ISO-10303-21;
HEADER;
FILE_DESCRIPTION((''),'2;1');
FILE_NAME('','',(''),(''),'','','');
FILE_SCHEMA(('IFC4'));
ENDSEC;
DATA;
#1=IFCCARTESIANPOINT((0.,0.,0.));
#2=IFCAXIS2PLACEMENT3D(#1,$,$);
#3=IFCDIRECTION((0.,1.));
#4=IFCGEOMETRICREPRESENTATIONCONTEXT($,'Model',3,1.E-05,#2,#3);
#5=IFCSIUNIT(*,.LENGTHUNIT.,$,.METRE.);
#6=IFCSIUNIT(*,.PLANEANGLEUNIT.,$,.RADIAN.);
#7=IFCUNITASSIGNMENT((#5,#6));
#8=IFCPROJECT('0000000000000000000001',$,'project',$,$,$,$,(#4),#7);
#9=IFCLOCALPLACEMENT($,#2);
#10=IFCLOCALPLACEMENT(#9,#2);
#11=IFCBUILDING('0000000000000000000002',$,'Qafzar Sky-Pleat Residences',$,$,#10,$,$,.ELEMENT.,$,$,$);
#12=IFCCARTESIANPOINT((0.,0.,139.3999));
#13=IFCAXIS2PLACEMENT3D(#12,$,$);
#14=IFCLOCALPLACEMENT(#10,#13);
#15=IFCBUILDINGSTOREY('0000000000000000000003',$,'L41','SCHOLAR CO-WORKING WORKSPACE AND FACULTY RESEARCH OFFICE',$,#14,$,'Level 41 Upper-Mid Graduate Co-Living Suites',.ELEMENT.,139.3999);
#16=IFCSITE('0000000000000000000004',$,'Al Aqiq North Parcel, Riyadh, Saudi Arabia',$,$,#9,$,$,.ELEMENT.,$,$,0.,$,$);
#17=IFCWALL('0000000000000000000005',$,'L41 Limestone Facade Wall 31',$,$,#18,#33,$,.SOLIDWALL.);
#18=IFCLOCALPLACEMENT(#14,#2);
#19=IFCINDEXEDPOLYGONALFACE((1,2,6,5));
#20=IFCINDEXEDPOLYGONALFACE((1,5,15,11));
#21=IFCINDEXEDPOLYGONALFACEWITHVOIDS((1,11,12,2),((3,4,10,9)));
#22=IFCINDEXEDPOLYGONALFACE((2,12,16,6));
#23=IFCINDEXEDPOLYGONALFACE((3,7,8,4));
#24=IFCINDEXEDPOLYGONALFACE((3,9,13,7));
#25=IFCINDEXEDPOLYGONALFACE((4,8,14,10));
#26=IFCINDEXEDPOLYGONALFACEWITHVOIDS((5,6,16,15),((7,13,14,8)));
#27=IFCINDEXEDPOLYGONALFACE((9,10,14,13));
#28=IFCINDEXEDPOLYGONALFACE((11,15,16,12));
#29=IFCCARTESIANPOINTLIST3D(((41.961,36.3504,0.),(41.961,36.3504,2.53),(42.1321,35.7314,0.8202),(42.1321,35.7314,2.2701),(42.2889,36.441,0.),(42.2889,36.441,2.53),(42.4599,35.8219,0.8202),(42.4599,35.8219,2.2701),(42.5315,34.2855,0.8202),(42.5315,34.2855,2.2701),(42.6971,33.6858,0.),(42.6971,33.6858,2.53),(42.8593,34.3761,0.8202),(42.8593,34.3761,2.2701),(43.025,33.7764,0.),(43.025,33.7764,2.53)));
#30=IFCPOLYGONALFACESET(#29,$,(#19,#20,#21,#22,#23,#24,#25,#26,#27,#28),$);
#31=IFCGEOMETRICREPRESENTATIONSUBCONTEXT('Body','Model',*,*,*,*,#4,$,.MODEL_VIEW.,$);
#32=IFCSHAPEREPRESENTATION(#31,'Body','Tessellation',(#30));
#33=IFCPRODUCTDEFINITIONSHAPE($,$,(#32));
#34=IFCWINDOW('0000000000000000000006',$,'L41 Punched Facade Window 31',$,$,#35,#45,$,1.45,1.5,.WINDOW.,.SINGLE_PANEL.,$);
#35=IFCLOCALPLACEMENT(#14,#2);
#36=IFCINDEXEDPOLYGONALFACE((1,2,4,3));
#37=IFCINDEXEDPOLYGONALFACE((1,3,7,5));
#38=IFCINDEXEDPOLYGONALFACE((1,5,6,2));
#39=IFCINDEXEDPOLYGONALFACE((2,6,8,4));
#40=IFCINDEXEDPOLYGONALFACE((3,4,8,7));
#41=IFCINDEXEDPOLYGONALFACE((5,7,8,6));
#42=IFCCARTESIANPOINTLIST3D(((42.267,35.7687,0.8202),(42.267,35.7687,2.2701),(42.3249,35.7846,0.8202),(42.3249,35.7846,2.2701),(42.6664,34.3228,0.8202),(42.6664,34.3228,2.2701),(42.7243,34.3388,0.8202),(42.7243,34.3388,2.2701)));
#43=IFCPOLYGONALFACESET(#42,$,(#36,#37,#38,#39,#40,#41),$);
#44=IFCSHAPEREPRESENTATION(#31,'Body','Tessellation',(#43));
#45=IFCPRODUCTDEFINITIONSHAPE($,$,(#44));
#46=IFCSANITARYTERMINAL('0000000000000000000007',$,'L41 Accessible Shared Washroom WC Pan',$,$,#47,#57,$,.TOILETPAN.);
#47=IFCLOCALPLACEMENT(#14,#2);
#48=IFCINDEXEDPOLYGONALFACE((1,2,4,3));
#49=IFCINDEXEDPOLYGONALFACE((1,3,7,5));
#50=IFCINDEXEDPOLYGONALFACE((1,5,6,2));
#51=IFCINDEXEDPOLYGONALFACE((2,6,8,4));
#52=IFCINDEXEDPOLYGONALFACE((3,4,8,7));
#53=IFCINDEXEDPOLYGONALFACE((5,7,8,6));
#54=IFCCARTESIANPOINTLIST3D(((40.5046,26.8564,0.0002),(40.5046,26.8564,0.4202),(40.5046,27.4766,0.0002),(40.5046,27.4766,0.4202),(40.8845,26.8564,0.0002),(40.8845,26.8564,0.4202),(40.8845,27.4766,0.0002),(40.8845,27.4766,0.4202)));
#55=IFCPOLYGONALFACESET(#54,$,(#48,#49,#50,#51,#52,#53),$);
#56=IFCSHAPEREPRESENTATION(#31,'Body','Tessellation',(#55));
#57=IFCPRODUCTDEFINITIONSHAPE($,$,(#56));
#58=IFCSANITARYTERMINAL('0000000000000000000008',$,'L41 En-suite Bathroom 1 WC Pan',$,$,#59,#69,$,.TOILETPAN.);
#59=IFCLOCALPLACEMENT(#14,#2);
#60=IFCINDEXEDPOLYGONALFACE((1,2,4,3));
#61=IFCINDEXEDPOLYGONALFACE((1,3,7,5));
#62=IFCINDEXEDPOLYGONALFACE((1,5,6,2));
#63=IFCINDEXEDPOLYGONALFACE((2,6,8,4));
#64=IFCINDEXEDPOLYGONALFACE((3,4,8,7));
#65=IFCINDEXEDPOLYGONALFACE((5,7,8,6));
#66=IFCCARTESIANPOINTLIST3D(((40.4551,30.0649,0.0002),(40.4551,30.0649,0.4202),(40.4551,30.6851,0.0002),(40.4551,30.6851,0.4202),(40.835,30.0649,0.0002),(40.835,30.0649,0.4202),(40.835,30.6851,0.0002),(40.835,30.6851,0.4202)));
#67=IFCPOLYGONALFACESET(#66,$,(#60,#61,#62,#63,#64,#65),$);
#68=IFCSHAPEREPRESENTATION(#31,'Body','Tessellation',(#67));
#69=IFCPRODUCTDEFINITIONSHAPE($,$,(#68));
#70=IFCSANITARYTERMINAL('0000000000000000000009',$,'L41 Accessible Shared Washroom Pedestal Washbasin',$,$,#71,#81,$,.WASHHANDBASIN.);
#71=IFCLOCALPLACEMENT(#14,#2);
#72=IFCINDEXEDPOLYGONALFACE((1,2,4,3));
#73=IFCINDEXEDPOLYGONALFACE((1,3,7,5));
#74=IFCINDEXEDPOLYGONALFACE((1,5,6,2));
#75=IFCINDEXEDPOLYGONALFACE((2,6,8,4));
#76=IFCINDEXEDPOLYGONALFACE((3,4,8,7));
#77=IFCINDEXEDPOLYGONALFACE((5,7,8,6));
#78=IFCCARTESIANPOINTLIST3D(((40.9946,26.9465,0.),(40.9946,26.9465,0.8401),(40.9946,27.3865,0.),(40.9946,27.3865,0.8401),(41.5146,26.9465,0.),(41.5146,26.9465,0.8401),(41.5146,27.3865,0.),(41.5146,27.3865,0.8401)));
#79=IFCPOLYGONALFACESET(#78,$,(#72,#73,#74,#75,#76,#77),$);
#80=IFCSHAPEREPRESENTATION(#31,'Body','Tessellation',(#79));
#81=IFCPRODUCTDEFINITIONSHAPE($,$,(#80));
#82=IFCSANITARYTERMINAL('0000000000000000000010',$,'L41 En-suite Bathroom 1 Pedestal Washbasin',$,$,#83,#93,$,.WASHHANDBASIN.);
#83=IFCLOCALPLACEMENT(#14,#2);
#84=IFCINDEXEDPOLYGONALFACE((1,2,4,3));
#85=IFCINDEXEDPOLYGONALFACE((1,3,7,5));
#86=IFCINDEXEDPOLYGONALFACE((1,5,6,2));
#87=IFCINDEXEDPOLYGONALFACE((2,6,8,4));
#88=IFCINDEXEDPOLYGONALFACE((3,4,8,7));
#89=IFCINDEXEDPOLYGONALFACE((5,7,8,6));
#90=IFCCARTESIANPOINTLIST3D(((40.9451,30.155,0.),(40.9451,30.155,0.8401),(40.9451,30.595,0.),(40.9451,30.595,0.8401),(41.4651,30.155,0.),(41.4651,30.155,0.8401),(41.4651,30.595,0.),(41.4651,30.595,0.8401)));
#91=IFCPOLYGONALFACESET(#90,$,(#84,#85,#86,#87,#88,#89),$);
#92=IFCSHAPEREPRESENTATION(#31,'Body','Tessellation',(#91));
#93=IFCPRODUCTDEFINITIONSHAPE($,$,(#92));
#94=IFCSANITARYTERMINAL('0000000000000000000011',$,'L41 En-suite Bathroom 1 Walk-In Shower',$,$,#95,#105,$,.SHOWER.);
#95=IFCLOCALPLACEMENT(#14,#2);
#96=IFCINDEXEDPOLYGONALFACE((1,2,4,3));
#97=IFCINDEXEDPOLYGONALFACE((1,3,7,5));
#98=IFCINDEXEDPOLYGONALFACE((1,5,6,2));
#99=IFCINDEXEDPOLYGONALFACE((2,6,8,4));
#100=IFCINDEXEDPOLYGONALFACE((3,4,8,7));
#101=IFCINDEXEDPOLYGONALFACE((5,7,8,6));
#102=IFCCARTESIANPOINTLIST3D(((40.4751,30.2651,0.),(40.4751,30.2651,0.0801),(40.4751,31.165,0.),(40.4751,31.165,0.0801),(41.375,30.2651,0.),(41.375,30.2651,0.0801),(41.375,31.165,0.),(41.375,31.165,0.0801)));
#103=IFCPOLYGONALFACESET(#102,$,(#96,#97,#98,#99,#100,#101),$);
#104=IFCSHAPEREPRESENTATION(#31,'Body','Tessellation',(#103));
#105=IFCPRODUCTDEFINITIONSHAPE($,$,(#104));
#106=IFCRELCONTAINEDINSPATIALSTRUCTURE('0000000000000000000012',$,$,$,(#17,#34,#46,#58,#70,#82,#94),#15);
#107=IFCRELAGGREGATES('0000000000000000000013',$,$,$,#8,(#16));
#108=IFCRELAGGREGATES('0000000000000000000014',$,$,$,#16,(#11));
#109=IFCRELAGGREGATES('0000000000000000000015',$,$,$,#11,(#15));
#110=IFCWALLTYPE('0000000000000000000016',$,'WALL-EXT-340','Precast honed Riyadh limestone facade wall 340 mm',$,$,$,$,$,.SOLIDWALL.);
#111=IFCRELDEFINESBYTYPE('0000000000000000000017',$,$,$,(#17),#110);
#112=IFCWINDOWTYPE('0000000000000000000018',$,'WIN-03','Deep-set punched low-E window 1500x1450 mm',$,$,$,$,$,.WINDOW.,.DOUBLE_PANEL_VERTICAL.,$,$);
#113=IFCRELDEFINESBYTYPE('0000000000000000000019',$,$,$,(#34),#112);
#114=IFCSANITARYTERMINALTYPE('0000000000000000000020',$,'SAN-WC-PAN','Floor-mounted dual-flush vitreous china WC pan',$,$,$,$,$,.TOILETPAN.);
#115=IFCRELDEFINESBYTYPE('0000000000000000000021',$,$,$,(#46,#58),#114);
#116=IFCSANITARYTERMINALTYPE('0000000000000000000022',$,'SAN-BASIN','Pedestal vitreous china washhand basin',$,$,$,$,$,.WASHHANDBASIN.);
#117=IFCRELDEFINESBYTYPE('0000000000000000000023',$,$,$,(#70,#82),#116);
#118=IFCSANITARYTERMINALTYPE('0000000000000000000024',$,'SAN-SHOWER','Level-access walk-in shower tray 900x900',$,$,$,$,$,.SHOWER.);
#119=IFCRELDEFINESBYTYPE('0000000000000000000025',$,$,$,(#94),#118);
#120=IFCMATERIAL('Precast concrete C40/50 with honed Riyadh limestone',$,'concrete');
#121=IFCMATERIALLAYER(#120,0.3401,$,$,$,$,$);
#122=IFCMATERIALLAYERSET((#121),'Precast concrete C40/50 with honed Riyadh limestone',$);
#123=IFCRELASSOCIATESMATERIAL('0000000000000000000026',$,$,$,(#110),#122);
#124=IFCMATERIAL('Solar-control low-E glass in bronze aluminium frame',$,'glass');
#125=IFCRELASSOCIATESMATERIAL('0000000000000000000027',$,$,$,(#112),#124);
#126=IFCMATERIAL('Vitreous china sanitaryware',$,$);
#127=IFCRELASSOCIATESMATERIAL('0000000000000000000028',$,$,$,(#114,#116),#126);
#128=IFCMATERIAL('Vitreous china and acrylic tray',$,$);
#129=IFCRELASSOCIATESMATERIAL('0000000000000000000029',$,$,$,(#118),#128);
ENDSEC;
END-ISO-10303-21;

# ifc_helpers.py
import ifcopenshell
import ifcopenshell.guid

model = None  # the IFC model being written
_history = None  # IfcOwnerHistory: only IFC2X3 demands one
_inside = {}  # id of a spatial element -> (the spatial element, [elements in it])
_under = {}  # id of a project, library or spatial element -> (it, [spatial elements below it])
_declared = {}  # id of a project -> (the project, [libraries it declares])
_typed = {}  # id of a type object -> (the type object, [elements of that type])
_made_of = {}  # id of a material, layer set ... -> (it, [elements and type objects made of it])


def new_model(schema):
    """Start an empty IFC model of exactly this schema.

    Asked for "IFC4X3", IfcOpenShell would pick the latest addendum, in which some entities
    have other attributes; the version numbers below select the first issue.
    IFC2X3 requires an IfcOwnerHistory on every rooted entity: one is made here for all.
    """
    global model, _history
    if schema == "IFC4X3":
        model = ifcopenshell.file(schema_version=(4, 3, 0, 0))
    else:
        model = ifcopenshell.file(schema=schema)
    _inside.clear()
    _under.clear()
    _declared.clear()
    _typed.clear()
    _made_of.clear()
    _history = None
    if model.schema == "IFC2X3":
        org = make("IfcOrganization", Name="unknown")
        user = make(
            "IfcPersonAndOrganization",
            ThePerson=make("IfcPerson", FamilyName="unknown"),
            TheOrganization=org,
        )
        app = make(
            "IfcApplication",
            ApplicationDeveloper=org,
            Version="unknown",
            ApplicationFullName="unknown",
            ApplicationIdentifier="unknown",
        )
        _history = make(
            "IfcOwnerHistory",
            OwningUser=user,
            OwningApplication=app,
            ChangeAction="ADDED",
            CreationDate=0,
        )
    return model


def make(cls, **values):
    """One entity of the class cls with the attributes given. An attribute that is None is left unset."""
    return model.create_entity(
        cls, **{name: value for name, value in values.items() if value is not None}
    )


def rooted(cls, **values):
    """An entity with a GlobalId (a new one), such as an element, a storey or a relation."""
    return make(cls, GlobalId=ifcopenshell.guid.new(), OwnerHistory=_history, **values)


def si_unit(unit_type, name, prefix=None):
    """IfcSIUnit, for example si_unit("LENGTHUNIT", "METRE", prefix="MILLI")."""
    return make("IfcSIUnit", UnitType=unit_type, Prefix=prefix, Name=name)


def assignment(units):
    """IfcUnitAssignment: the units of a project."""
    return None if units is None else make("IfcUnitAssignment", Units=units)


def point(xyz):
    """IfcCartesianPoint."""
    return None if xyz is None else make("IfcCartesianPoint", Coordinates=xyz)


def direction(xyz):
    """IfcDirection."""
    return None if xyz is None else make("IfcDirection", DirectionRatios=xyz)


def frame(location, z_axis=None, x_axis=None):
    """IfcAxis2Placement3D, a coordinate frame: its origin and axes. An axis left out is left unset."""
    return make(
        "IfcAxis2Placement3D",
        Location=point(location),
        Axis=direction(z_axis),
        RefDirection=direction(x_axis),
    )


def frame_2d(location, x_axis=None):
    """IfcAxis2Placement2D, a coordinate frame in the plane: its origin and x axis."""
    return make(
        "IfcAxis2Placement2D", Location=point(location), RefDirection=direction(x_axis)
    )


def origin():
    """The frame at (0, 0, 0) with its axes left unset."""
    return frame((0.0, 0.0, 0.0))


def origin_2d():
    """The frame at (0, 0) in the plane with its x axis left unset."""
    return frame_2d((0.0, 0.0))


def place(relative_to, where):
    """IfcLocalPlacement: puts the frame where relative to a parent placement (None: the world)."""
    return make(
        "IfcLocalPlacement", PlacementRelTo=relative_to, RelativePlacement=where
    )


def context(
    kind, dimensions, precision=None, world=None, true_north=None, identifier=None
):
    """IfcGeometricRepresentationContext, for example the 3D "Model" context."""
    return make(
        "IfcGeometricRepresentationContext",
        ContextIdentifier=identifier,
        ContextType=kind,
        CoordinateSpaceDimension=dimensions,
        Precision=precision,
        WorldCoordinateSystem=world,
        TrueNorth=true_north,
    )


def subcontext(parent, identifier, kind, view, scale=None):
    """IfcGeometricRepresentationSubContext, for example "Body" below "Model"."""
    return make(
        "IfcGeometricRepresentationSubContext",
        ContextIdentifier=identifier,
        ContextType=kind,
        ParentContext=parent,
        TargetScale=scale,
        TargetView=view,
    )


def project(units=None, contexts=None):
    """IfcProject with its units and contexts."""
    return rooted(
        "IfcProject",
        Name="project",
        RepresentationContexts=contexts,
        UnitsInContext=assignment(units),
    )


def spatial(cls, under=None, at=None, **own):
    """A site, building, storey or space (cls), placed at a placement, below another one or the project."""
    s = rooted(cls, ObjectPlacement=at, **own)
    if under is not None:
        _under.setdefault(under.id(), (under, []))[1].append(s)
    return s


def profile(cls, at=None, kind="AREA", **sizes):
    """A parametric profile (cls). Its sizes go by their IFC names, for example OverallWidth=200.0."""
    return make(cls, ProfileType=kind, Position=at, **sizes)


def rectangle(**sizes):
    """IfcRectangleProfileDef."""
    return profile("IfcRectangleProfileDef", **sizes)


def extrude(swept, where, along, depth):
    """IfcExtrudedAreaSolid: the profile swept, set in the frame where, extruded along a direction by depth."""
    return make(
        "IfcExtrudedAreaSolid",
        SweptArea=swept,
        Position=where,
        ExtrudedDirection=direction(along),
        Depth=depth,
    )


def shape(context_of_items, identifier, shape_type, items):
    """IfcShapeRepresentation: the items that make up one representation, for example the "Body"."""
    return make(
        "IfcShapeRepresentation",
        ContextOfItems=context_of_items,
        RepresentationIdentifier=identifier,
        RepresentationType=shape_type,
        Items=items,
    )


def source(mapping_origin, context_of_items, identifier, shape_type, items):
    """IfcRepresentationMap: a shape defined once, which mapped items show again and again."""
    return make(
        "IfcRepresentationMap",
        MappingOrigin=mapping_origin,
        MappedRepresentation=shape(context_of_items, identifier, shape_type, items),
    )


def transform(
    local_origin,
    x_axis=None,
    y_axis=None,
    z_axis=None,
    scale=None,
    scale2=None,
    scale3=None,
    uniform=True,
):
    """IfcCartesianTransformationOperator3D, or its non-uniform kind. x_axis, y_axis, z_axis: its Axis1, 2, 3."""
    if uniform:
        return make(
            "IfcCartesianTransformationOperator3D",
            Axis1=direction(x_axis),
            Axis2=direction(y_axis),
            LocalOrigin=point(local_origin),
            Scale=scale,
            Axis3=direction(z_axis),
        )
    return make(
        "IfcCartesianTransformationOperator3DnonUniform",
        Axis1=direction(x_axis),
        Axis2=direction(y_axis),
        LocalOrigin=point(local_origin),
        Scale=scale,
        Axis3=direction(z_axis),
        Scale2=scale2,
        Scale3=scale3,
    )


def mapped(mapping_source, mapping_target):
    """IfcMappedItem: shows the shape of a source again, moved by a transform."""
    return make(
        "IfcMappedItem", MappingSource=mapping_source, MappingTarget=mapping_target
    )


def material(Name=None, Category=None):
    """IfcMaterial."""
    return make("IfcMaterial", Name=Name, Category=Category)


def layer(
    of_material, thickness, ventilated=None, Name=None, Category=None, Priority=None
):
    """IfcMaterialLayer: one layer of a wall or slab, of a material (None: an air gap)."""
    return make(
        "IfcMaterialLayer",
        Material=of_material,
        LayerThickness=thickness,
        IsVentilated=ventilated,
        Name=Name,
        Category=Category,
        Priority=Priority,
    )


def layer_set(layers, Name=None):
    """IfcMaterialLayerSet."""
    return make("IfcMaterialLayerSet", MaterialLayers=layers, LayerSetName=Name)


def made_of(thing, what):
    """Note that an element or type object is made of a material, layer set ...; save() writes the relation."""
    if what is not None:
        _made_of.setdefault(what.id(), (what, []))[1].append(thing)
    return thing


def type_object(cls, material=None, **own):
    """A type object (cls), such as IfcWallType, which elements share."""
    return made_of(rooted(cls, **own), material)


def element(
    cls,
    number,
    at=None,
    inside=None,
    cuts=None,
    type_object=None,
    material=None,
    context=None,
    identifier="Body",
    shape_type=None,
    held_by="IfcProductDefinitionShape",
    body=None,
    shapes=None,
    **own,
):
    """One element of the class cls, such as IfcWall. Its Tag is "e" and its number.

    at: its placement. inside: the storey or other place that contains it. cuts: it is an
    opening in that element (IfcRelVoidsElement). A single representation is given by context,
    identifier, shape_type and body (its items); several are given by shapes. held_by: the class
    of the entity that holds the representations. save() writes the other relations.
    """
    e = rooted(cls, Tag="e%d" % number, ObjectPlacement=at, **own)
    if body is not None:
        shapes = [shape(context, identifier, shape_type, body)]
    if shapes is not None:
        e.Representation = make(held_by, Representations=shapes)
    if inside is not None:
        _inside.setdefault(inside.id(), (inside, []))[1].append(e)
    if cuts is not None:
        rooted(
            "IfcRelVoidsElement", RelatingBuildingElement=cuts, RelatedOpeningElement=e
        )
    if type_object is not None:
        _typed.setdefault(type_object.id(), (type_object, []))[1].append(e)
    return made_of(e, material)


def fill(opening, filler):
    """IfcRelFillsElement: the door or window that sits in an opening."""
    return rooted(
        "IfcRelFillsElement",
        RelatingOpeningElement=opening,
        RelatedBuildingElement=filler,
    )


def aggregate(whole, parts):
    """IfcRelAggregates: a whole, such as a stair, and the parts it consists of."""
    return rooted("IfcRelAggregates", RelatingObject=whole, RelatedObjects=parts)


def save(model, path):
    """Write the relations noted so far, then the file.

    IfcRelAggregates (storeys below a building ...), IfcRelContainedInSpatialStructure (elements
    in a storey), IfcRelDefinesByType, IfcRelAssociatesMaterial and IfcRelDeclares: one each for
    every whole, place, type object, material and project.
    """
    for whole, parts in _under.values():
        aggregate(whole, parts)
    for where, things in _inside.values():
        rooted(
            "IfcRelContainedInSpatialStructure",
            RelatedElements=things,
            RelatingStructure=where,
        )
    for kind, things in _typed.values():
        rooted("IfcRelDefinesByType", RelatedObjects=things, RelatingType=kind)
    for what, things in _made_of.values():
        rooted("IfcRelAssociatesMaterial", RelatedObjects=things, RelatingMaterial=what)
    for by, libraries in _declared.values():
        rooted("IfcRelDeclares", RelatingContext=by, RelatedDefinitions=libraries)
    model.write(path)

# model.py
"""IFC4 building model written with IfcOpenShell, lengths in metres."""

from ifc_helpers import new_model, si_unit, direction, frame, frame_2d, origin, origin_2d, place, context, subcontext, project, spatial, rectangle, extrude, source, transform, mapped, material, layer, layer_set, type_object, element, fill, save


model = new_model("IFC4")

# Units and contexts
model_context = context("Model", 3, precision=1e-05, world=origin(), true_north=direction((0.0, 1.0)))
body_context = subcontext(model_context, "Body", "Model", "MODEL_VIEW")
ifc_project = project(units=[si_unit("LENGTHUNIT", "METRE"), si_unit("PLANEANGLEUNIT", "RADIAN")], contexts=[model_context])

# Site, building, storey
site_placement = place(None, origin())
site = spatial("IfcSite", under=ifc_project, at=site_placement, Name="Al Aqiq North Parcel, Riyadh, Saudi Arabia", CompositionType="ELEMENT", RefElevation=0.0)
building_placement = place(site_placement, origin())
building = spatial("IfcBuilding", under=site, at=building_placement, Name="Qafzar Sky-Pleat Residences", CompositionType="ELEMENT")
storey_placement = place(building_placement, frame((0.0, 0.0, 139.3999)))
storey = spatial("IfcBuildingStorey", under=building, at=storey_placement, Name="L41", Description="SCHOLAR CO-WORKING WORKSPACE AND FACULTY RESEARCH OFFICE", LongName="Level 41 Upper-Mid Graduate Co-Living Suites", CompositionType="ELEMENT", Elevation=139.3999)

# Wall, opening, window
ifc_material_1 = material(Name="Precast concrete C40/50 with honed Riyadh limestone", Category="concrete")
ifc_layer_1 = layer(ifc_material_1, 0.3401)
ifc_layer_set_1 = layer_set([ifc_layer_1], Name="Precast concrete C40/50 with honed Riyadh limestone")
wall_type_1 = type_object("IfcWallType", Name="WALL-EXT-340", Description="Precast honed Riyadh limestone facade wall 340 mm", PredefinedType="SOLIDWALL", material=ifc_layer_set_1)
ifc_material_2 = material(Name="Solar-control low-E glass in bronze aluminium frame", Category="glass")
wall_1_placement = place(storey_placement, frame((42.8611, 33.731, 0.0), z_axis=(0.0, 0.0, 1.0), x_axis=(-0.266277, 0.963897, 0.0)))
wall_1 = element("IfcWall", 1, at=wall_1_placement, inside=storey, type_object=wall_type_1, Name="L41 Limestone Facade Wall 31", PredefinedType="SOLIDWALL", context=body_context, shape_type="SweptSolid", body=[
    extrude(rectangle(XDim=2.7644, YDim=0.3401, at=frame_2d((1.3823, 0.0))), origin(), (0.0, 0.0, 1.0), 2.53),
])
opening_1_placement = place(wall_1_placement, frame((0.6223, 0.0, 0.8201)))
opening_1 = element("IfcOpeningElement", 2, at=opening_1_placement, cuts=wall_1, PredefinedType="OPENING", context=body_context, shape_type="SweptSolid", body=[
    extrude(rectangle(XDim=1.5, YDim=1.45, at=frame_2d((0.75, 0.7251))), frame((0.0, 0.1802, 0.0), z_axis=(0.0, -1.0, 0.0), x_axis=(1.0, 0.0, 0.0)), (0.0, 0.0, 1.0), 0.3601),
])
window_type_1 = type_object("IfcWindowType", Name="WIN-03", Description="Deep-set punched low-E window 1500x1450 mm", PartitioningType="DOUBLE_PANEL_VERTICAL", PredefinedType="WINDOW", material=ifc_material_2)
shared_shape_1 = source(origin(), body_context, "Body", "SweptSolid", [
    extrude(rectangle(XDim=1.5, YDim=1.45, at=frame_2d((0.75, 0.7251))), frame((0.0, 0.03, 0.0), z_axis=(0.0, -1.0, 0.0), x_axis=(1.0, 0.0, 0.0)), (0.0, 0.0, 1.0), 0.0601),
])
window_1_placement = place(opening_1_placement, origin())
window_1 = element("IfcWindow", 3, at=window_1_placement, inside=storey, type_object=window_type_1, Name="L41 Punched Facade Window 31", OverallHeight=1.45, OverallWidth=1.5, PartitioningType="SINGLE_PANEL", PredefinedType="WINDOW", context=body_context, shape_type="MappedRepresentation", body=[
    mapped(shared_shape_1, transform((0.0, 0.0, 0.0), x_axis=(1.0, 0.0, 0.0), y_axis=(0.0, 1.0, 0.0), z_axis=(0.0, 0.0, 1.0), scale=1.0)),
])
fill(opening_1, window_1)

# Sanitary terminals
ifc_material_3 = material(Name="Vitreous china sanitaryware")
sanitary_terminal_type_1 = type_object("IfcSanitaryTerminalType", Name="SAN-WC-PAN", Description="Floor-mounted dual-flush vitreous china WC pan", PredefinedType="TOILETPAN", material=ifc_material_3)
shared_shape_2 = source(origin(), body_context, "Body", "SweptSolid", [
    extrude(rectangle(XDim=0.3799, YDim=0.6201, at=origin_2d()), origin(), (0.0, 0.0, 1.0), 0.4199),
])
for number, where, z_axis, x_axis, name in (
    (4, (40.6946, 27.1665, 0.0002), (0.0, 0.0, 1.0), (1.0, 0.0, 0.0), "L41 Accessible Shared Washroom WC Pan"),
    (5, (40.645, 30.375, 0.0002), (0.0, 0.0, 1.0), (1.0, 0.0, 0.0), "L41 En-suite Bathroom 1 WC Pan"),
):
    element("IfcSanitaryTerminal", number, at=place(storey_placement, frame(where, z_axis=z_axis, x_axis=x_axis)), inside=storey, type_object=sanitary_terminal_type_1, Name=name, PredefinedType="TOILETPAN", context=body_context, shape_type="MappedRepresentation", body=[
        mapped(shared_shape_2, transform((0.0, 0.0, 0.0), x_axis=(1.0, 0.0, 0.0), y_axis=(0.0, 1.0, 0.0), z_axis=(0.0, 0.0, 1.0), scale=1.0)),
    ])
sanitary_terminal_type_2 = type_object("IfcSanitaryTerminalType", Name="SAN-BASIN", Description="Pedestal vitreous china washhand basin", PredefinedType="WASHHANDBASIN", material=ifc_material_3)
shared_shape_3 = source(origin(), body_context, "Body", "SweptSolid", [
    extrude(rectangle(XDim=0.52, YDim=0.4399, at=origin_2d()), origin(), (0.0, 0.0, 1.0), 0.8401),
])
for number, where, z_axis, x_axis, name in (
    (6, (41.2546, 27.1665, 0.0), (0.0, 0.0, 1.0), (1.0, 0.0, 0.0), "L41 Accessible Shared Washroom Pedestal Washbasin"),
    (7, (41.2051, 30.375, 0.0), (0.0, 0.0, 1.0), (1.0, 0.0, 0.0), "L41 En-suite Bathroom 1 Pedestal Washbasin"),
):
    element("IfcSanitaryTerminal", number, at=place(storey_placement, frame(where, z_axis=z_axis, x_axis=x_axis)), inside=storey, type_object=sanitary_terminal_type_2, Name=name, PredefinedType="WASHHANDBASIN", context=body_context, shape_type="MappedRepresentation", body=[
        mapped(shared_shape_3, transform((0.0, 0.0, 0.0), x_axis=(1.0, 0.0, 0.0), y_axis=(0.0, 1.0, 0.0), z_axis=(0.0, 0.0, 1.0), scale=1.0)),
    ])
ifc_material_4 = material(Name="Vitreous china and acrylic tray")
sanitary_terminal_type_3 = type_object("IfcSanitaryTerminalType", Name="SAN-SHOWER", Description="Level-access walk-in shower tray 900x900", PredefinedType="SHOWER", material=ifc_material_4)
shared_shape_4 = source(origin(), body_context, "Body", "SweptSolid", [
    extrude(rectangle(XDim=0.8999, YDim=0.8999, at=origin_2d()), origin(), (0.0, 0.0, 1.0), 0.0801),
])
sanitary_terminal_placement = place(storey_placement, frame((40.925, 30.7151, 0.0), z_axis=(0.0, 0.0, 1.0), x_axis=(1.0, 0.0, 0.0)))
element("IfcSanitaryTerminal", 8, at=sanitary_terminal_placement, inside=storey, type_object=sanitary_terminal_type_3, Name="L41 En-suite Bathroom 1 Walk-In Shower", PredefinedType="SHOWER", context=body_context, shape_type="MappedRepresentation", body=[
    mapped(shared_shape_4, transform((0.0, 0.0, 0.0), x_axis=(1.0, 0.0, 0.0), y_axis=(0.0, 1.0, 0.0), z_axis=(0.0, 0.0, 1.0), scale=1.0)),
])

save(model, "model.ifc")
